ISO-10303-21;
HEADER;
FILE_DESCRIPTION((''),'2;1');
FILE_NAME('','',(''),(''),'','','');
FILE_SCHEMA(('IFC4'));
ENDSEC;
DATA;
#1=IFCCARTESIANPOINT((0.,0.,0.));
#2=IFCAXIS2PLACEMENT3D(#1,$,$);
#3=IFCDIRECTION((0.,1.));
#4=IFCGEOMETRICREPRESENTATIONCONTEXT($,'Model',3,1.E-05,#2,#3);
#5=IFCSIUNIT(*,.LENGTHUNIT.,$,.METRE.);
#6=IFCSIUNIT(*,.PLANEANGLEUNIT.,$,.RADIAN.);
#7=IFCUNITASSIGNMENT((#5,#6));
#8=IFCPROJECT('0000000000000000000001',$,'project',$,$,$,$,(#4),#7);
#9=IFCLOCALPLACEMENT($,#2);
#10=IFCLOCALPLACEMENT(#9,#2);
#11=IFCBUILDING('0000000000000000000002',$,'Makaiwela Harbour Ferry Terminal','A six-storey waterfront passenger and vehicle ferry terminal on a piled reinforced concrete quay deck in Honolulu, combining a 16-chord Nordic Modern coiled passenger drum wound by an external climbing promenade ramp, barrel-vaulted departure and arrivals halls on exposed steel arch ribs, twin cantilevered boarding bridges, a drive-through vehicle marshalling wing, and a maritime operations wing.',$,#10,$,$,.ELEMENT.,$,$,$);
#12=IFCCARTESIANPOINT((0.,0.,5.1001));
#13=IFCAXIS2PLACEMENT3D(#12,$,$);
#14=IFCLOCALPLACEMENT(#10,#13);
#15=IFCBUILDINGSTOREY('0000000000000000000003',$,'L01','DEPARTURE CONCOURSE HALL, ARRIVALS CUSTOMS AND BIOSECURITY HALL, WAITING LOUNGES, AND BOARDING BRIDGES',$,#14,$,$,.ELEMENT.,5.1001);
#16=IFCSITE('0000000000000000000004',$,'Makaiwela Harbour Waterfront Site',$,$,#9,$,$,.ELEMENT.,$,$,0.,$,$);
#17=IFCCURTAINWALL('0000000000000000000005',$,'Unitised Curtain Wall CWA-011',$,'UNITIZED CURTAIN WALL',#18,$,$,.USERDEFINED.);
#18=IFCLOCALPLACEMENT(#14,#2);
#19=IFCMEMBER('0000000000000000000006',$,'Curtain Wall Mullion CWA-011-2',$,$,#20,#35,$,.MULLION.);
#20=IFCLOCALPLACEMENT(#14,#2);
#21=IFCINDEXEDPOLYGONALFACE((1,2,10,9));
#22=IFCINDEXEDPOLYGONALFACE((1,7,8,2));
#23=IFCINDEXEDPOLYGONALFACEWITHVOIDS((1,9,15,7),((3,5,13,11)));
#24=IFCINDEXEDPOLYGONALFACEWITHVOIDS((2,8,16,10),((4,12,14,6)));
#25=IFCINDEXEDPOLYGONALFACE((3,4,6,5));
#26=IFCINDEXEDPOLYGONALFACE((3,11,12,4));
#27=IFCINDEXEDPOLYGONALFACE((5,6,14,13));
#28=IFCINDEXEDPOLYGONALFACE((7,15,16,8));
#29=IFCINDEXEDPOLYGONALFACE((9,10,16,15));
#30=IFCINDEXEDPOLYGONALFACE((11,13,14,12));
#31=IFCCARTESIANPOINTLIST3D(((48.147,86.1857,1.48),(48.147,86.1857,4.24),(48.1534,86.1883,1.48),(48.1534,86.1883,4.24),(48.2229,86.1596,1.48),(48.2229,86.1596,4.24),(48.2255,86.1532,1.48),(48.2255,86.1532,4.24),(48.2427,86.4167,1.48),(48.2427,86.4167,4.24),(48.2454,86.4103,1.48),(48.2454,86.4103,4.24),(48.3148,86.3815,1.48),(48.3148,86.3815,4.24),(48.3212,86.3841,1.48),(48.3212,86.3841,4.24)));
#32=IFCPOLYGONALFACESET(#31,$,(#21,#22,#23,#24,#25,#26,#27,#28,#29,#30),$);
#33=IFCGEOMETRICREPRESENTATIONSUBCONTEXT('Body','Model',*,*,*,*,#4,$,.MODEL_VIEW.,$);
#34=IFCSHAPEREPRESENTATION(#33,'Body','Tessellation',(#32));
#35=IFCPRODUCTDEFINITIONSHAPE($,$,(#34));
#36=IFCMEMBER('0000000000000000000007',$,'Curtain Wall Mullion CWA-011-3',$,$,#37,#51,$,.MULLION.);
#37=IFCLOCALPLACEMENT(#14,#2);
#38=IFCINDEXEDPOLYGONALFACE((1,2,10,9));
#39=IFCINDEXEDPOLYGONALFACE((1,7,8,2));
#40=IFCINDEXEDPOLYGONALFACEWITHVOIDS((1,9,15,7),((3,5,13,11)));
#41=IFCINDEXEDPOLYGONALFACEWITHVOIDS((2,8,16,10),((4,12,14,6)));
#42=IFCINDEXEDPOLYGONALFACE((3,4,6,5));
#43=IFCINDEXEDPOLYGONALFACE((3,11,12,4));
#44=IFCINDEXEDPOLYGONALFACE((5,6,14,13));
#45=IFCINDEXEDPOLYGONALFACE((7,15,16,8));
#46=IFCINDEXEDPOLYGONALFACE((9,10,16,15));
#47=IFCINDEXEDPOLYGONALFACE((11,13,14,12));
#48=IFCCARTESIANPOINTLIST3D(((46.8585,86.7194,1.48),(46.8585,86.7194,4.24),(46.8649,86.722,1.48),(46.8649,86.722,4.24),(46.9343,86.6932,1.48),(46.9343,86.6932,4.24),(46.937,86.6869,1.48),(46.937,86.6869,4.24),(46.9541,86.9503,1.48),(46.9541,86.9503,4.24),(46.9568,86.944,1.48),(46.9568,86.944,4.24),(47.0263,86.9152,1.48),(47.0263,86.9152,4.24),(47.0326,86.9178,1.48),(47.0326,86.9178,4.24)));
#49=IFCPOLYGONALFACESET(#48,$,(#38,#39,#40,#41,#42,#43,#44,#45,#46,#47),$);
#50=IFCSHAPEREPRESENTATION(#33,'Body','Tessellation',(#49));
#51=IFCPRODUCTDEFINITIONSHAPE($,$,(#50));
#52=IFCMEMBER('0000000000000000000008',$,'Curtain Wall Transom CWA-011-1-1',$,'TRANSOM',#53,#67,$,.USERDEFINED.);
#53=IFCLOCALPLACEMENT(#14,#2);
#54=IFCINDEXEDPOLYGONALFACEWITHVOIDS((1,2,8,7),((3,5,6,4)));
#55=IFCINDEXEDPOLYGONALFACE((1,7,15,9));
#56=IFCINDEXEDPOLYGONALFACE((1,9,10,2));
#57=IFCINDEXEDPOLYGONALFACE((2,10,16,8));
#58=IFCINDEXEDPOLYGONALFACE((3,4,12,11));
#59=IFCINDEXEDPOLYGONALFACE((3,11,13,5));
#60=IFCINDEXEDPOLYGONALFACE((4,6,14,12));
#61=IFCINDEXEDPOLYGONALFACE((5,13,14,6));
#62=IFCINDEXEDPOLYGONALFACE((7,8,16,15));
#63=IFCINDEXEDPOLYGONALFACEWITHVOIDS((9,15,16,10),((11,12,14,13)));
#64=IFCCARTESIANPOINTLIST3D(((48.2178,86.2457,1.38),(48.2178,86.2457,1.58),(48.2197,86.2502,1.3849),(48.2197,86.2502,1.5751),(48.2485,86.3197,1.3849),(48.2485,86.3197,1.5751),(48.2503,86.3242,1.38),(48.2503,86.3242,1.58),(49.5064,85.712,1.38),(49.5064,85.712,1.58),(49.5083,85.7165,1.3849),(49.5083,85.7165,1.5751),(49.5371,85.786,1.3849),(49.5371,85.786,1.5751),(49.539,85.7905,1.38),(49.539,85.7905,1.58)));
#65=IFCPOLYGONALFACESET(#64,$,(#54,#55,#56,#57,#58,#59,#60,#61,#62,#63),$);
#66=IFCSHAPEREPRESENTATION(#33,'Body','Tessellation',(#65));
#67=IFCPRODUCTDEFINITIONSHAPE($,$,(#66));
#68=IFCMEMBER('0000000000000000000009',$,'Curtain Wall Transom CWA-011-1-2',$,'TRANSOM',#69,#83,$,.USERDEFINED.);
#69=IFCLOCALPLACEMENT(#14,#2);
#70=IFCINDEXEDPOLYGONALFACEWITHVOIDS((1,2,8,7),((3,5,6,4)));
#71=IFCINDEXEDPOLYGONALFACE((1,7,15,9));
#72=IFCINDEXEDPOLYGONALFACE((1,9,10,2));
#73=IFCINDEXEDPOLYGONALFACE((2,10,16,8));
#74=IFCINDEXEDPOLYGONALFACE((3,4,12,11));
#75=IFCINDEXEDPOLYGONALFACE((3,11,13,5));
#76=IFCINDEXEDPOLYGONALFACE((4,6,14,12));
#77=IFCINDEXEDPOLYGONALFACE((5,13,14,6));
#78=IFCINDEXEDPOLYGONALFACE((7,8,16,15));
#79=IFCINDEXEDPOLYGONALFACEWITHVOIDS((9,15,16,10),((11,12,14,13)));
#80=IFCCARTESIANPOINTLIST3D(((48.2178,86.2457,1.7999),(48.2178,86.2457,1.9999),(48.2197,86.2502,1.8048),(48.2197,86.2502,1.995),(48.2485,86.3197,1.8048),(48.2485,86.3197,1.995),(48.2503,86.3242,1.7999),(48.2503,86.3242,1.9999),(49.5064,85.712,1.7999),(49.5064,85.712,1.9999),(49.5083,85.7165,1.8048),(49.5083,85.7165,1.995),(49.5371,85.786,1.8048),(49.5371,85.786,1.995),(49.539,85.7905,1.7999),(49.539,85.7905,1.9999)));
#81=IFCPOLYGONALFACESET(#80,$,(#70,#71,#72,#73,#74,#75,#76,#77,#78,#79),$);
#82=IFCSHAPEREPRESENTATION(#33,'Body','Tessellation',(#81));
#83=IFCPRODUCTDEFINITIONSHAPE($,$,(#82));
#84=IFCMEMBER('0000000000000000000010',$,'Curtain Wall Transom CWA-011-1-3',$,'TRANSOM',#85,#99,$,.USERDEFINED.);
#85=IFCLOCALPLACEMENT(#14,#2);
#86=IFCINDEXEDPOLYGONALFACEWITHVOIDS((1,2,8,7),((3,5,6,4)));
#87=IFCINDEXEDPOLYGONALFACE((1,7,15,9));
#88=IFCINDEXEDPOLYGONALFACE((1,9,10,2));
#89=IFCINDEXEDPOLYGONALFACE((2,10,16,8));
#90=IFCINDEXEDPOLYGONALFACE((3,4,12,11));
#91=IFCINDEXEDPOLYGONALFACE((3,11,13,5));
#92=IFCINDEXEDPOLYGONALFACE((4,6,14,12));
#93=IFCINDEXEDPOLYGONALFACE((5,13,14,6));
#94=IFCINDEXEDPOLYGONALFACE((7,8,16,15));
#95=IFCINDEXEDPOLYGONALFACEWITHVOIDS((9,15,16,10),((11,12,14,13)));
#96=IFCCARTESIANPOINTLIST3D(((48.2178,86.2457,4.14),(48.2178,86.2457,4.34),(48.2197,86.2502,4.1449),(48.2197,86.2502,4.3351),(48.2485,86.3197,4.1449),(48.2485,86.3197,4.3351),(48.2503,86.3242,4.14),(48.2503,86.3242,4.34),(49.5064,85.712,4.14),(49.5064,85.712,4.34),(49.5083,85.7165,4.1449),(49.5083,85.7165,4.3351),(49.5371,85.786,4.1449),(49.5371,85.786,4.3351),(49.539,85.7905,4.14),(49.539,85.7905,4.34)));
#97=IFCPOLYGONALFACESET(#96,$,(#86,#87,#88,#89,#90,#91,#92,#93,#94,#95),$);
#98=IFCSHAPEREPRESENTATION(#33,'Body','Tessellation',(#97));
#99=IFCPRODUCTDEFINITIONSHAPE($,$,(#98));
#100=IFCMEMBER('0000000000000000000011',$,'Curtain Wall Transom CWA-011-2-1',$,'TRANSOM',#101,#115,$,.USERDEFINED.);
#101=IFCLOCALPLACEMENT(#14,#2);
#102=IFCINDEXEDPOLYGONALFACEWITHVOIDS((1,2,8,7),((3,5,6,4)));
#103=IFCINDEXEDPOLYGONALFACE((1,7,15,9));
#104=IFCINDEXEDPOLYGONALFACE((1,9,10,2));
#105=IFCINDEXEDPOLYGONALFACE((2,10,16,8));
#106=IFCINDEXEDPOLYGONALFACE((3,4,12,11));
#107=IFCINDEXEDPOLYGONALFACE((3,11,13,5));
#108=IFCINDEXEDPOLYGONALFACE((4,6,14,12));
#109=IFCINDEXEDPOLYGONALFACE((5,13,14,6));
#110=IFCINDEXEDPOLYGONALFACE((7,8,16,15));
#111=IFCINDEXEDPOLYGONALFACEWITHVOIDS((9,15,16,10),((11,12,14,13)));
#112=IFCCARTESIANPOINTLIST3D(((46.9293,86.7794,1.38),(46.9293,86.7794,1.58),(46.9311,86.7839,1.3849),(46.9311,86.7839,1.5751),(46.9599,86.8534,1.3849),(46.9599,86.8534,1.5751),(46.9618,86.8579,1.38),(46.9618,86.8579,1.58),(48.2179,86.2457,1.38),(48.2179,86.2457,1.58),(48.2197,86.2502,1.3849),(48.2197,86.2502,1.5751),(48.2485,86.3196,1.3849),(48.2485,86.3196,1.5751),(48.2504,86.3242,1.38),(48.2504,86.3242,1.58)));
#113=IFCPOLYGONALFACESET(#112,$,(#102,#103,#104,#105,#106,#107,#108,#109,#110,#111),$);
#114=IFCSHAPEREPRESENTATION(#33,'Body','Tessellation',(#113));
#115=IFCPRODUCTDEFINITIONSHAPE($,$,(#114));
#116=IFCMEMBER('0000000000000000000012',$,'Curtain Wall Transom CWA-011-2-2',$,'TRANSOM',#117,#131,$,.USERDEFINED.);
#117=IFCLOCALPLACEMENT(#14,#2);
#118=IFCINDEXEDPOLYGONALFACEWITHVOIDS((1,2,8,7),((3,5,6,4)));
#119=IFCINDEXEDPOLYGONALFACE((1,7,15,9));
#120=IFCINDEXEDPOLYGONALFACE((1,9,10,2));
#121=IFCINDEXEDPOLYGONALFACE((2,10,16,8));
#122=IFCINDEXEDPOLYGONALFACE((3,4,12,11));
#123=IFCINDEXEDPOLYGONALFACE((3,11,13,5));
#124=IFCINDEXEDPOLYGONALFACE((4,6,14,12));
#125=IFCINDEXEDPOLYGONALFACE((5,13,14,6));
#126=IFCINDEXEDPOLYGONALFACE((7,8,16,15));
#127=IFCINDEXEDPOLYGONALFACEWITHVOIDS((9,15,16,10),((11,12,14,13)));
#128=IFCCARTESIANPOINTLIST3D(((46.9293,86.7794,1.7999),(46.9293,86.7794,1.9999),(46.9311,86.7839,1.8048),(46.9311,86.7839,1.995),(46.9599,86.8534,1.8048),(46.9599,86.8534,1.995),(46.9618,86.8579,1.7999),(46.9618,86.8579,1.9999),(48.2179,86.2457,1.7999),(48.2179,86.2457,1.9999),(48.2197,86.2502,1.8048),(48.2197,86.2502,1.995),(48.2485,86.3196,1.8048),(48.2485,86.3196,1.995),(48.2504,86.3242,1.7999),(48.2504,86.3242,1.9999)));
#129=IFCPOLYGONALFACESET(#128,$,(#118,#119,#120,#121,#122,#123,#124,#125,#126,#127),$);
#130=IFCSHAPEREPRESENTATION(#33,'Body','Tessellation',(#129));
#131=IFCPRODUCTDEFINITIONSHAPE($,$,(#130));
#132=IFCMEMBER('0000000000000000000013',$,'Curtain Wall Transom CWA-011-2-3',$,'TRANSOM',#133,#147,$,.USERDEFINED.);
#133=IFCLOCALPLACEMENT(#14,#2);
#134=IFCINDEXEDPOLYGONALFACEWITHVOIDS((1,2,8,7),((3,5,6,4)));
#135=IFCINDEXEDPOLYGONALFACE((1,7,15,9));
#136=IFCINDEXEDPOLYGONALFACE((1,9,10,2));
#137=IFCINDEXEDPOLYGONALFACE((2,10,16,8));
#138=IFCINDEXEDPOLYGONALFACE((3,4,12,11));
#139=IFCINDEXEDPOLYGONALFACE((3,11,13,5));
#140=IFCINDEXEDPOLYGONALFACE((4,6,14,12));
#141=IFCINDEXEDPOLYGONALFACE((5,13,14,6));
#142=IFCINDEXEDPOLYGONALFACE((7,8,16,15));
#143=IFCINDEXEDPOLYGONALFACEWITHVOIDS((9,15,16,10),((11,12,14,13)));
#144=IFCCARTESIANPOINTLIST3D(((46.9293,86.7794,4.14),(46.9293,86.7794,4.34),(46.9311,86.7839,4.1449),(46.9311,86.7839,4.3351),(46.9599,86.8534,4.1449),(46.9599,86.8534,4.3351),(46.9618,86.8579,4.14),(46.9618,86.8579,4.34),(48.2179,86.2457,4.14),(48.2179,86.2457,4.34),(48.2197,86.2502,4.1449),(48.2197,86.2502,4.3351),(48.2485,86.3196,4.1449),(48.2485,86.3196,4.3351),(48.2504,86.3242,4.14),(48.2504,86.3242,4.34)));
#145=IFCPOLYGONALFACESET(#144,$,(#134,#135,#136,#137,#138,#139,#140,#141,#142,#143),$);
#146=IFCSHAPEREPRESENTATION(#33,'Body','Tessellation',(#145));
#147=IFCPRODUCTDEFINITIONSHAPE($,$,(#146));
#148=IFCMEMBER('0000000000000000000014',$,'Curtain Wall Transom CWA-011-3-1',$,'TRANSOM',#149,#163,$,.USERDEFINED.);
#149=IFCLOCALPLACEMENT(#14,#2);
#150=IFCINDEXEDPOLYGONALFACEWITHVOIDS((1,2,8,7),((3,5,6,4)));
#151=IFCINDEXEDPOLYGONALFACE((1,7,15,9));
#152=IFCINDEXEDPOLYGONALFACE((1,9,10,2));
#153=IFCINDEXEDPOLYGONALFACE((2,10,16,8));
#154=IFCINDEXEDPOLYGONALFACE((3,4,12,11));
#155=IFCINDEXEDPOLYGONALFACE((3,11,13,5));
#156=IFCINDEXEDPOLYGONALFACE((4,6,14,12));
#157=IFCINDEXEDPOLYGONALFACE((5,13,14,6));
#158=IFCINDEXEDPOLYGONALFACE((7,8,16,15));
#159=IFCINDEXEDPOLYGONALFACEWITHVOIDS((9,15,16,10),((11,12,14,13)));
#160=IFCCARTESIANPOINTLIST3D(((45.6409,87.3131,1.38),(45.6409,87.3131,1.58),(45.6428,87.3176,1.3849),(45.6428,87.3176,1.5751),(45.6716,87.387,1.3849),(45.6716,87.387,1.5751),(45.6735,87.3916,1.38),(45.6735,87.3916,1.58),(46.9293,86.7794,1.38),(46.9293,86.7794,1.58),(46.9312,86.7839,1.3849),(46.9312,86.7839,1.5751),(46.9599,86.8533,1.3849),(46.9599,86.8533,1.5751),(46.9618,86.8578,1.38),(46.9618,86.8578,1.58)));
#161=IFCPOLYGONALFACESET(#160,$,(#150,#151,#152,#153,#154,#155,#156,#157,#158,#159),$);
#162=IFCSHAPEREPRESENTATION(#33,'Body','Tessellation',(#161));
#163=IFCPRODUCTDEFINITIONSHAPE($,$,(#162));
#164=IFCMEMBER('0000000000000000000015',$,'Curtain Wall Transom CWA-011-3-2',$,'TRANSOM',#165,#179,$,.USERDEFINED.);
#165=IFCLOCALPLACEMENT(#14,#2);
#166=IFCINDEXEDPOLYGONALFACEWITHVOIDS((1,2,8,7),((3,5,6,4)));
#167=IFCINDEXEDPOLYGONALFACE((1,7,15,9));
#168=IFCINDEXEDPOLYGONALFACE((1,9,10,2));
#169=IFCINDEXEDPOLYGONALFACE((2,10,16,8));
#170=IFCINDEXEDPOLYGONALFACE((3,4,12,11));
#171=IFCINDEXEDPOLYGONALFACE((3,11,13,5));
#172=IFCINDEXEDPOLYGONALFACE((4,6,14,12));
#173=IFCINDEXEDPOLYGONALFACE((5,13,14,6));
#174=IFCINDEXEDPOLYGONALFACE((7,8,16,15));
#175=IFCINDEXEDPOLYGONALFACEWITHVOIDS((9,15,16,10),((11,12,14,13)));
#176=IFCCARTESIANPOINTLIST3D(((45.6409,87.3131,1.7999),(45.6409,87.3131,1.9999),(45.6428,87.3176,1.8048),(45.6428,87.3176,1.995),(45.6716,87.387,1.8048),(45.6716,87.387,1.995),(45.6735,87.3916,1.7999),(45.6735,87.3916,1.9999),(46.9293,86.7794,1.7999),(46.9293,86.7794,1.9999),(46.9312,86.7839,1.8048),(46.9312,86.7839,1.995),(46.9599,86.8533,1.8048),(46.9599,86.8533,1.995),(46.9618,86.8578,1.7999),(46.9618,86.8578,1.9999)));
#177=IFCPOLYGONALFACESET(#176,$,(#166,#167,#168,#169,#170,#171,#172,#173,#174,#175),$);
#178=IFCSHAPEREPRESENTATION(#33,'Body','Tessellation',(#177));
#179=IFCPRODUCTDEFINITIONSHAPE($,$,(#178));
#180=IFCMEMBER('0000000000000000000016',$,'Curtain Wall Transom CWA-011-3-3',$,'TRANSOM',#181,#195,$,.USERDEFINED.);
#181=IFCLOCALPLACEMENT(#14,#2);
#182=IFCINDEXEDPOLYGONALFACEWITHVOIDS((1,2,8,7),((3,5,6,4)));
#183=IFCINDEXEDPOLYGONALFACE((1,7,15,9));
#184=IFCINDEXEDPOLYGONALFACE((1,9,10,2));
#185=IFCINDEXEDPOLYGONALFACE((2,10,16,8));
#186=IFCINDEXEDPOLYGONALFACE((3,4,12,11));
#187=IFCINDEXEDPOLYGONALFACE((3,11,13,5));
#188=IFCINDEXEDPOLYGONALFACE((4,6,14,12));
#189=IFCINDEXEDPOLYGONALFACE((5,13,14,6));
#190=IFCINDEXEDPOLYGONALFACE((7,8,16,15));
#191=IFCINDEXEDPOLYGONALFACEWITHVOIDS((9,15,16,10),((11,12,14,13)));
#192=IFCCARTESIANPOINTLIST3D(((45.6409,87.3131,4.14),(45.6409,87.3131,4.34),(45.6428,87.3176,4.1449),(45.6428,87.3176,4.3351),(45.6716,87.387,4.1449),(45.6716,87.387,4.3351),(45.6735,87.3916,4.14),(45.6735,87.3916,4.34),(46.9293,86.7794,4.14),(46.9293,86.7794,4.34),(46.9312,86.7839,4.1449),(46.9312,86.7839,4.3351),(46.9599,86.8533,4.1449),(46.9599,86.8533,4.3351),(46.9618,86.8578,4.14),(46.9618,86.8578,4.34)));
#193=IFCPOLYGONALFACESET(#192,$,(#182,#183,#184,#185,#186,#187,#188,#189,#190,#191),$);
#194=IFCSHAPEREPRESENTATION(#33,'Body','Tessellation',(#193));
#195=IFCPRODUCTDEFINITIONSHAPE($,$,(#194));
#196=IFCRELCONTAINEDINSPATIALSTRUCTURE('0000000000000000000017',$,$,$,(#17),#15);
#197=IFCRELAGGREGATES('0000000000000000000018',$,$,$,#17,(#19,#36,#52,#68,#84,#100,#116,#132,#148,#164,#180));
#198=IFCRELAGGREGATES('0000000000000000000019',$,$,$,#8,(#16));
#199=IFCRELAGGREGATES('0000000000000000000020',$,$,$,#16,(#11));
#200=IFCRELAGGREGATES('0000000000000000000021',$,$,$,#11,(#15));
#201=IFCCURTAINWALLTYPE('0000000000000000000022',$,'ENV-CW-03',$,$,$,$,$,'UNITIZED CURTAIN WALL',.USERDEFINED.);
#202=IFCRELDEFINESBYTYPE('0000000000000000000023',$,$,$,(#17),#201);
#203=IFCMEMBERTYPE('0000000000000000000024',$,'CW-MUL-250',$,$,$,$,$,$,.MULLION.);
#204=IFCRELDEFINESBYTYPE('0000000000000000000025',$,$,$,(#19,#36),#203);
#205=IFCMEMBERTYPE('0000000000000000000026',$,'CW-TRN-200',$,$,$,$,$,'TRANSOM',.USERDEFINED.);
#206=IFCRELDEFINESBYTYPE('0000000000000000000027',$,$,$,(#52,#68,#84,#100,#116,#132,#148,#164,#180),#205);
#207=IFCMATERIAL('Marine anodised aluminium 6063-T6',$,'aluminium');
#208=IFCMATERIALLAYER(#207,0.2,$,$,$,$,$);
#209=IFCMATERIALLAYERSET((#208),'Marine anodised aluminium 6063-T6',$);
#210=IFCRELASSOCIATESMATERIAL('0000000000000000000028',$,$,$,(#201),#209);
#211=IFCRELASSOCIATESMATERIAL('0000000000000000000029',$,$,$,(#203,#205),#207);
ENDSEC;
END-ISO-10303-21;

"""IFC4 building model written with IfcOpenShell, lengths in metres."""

from ifc_helpers import new_model, si_unit, direction, frame, origin, origin_2d, place, context, subcontext, project, spatial, hollow_rectangle, extrude, material, layer, layer_set, material_profile, profile_set, type_object, element, aggregate, save


model = new_model("IFC4")

# Units and contexts
model_context = context("Model", 3, precision=1e-05, world=origin(), true_north=direction((0.0, 1.0)))
body_context = subcontext(model_context, "Body", "Model", "MODEL_VIEW")
ifc_project = project(units=[si_unit("LENGTHUNIT", "METRE"), si_unit("PLANEANGLEUNIT", "RADIAN")], contexts=[model_context])

# Site, building, storey
site_placement = place(None, origin())
site = spatial("IfcSite", under=ifc_project, at=site_placement, Name="Makaiwela Harbour Waterfront Site", CompositionType="ELEMENT", RefElevation=0.0)
building_placement = place(site_placement, origin())
building = spatial("IfcBuilding", under=site, at=building_placement, Name="Makaiwela Harbour Ferry Terminal", Description="A six-storey waterfront passenger and vehicle ferry terminal on a piled reinforced concrete quay deck in Honolulu, combining a 16-chord Nordic Modern coiled passenger drum wound by an external climbing promenade ramp, barrel-vaulted departure and arrivals halls on exposed steel arch ribs, twin cantilevered boarding bridges, a drive-through vehicle marshalling wing, and a maritime operations wing.", CompositionType="ELEMENT")
storey_placement = place(building_placement, frame((0.0, 0.0, 5.1001)))
storey = spatial("IfcBuildingStorey", under=building, at=storey_placement, Name="L01", Description="DEPARTURE CONCOURSE HALL, ARRIVALS CUSTOMS AND BIOSECURITY HALL, WAITING LOUNGES, AND BOARDING BRIDGES", CompositionType="ELEMENT", Elevation=5.1001)

# Curtain wall, members
ifc_material_1 = material(Name="Marine anodised aluminium 6063-T6", Category="aluminium")
ifc_layer_1 = layer(ifc_material_1, 0.2)
ifc_layer_set_1 = layer_set([ifc_layer_1], Name="Marine anodised aluminium 6063-T6")
curtain_wall_type = type_object("IfcCurtainWallType", Name="ENV-CW-03", ElementType="UNITIZED CURTAIN WALL", PredefinedType="USERDEFINED", material=ifc_layer_set_1)
curtain_wall_placement = place(storey_placement, origin())
curtain_wall = element("IfcCurtainWall", 1, at=curtain_wall_placement, inside=storey, type_object=curtain_wall_type, Name="Unitised Curtain Wall CWA-011", ObjectType="UNITIZED CURTAIN WALL", PredefinedType="USERDEFINED")
ifc_material_profile_1 = material_profile(ifc_material_1, hollow_rectangle(XDim=0.085, YDim=0.25, WallThickness=0.0049, at=origin_2d()), Name="CWM-250X85")
ifc_profile_set_1 = profile_set([ifc_material_profile_1], Name="Marine anodised aluminium 6063-T6")
member_type_1 = type_object("IfcMemberType", Name="CW-MUL-250", PredefinedType="MULLION", material=ifc_profile_set_1)
member_1_placement = place(storey_placement, frame((48.2341, 86.2849, 1.48), z_axis=(0.0, 0.0, 1.0), x_axis=(-0.92388, 0.382683, 0.0)))
member_1 = element("IfcMember", 2, at=member_1_placement, type_object=member_type_1, Name="Curtain Wall Mullion CWA-011-2", PredefinedType="MULLION", context=body_context, shape_type="SweptSolid", body=[
    extrude(hollow_rectangle(XDim=0.085, YDim=0.25, WallThickness=0.0049, at=origin_2d()), origin(), (0.0, 0.0, 1.0), 2.76),
])
member_2_placement = place(storey_placement, frame((46.9456, 86.8186, 1.48), z_axis=(0.0, 0.0, 1.0), x_axis=(-0.92388, 0.382683, 0.0)))
member_2 = element("IfcMember", 3, at=member_2_placement, type_object=member_type_1, Name="Curtain Wall Mullion CWA-011-3", PredefinedType="MULLION", context=body_context, shape_type="SweptSolid", body=[
    extrude(hollow_rectangle(XDim=0.085, YDim=0.25, WallThickness=0.0049, at=origin_2d()), origin(), (0.0, 0.0, 1.0), 2.76),
])
ifc_material_profile_2 = material_profile(ifc_material_1, hollow_rectangle(XDim=0.085, YDim=0.2, WallThickness=0.0049, at=origin_2d()), Name="CWT-200X85")
ifc_profile_set_2 = profile_set([ifc_material_profile_2], Name="Marine anodised aluminium 6063-T6")
member_type_2 = type_object("IfcMemberType", Name="CW-TRN-200", ElementType="TRANSOM", PredefinedType="USERDEFINED", material=ifc_profile_set_2)
member_3_placement = place(storey_placement, frame((49.5227, 85.7512, 1.48), z_axis=(-0.923893, 0.382651, 0.0), x_axis=(-0.382651, -0.923893, 0.0)))
member_3 = element("IfcMember", 4, at=member_3_placement, type_object=member_type_2, Name="Curtain Wall Transom CWA-011-1-1", ObjectType="TRANSOM", PredefinedType="USERDEFINED", context=body_context, shape_type="SweptSolid", body=[
    extrude(hollow_rectangle(XDim=0.085, YDim=0.2, WallThickness=0.0049, at=origin_2d()), origin(), (0.0, 0.0, 1.0), 1.3948),
])
member_4_placement = place(storey_placement, frame((49.5227, 85.7512, 1.8999), z_axis=(-0.923893, 0.382651, 0.0), x_axis=(-0.382651, -0.923893, 0.0)))
member_4 = element("IfcMember", 5, at=member_4_placement, type_object=member_type_2, Name="Curtain Wall Transom CWA-011-1-2", ObjectType="TRANSOM", PredefinedType="USERDEFINED", context=body_context, shape_type="SweptSolid", body=[
    extrude(hollow_rectangle(XDim=0.085, YDim=0.2, WallThickness=0.0049, at=origin_2d()), origin(), (0.0, 0.0, 1.0), 1.3948),
])
member_5_placement = place(storey_placement, frame((49.5227, 85.7512, 4.24), z_axis=(-0.923893, 0.382651, 0.0), x_axis=(-0.382651, -0.923893, 0.0)))
member_5 = element("IfcMember", 6, at=member_5_placement, type_object=member_type_2, Name="Curtain Wall Transom CWA-011-1-3", ObjectType="TRANSOM", PredefinedType="USERDEFINED", context=body_context, shape_type="SweptSolid", body=[
    extrude(hollow_rectangle(XDim=0.085, YDim=0.2, WallThickness=0.0049, at=origin_2d()), origin(), (0.0, 0.0, 1.0), 1.3948),
])
member_6_placement = place(storey_placement, frame((48.2341, 86.2849, 1.48), z_axis=(-0.923893, 0.382651, 0.0), x_axis=(-0.382651, -0.923893, 0.0)))
member_6 = element("IfcMember", 7, at=member_6_placement, type_object=member_type_2, Name="Curtain Wall Transom CWA-011-2-1", ObjectType="TRANSOM", PredefinedType="USERDEFINED", context=body_context, shape_type="SweptSolid", body=[
    extrude(hollow_rectangle(XDim=0.085, YDim=0.2, WallThickness=0.0049, at=origin_2d()), origin(), (0.0, 0.0, 1.0), 1.3948),
])
member_7_placement = place(storey_placement, frame((48.2341, 86.2849, 1.8999), z_axis=(-0.923893, 0.382651, 0.0), x_axis=(-0.382651, -0.923893, 0.0)))
member_7 = element("IfcMember", 8, at=member_7_placement, type_object=member_type_2, Name="Curtain Wall Transom CWA-011-2-2", ObjectType="TRANSOM", PredefinedType="USERDEFINED", context=body_context, shape_type="SweptSolid", body=[
    extrude(hollow_rectangle(XDim=0.085, YDim=0.2, WallThickness=0.0049, at=origin_2d()), origin(), (0.0, 0.0, 1.0), 1.3948),
])
member_8_placement = place(storey_placement, frame((48.2341, 86.2849, 4.24), z_axis=(-0.923893, 0.382651, 0.0), x_axis=(-0.382651, -0.923893, 0.0)))
member_8 = element("IfcMember", 9, at=member_8_placement, type_object=member_type_2, Name="Curtain Wall Transom CWA-011-2-3", ObjectType="TRANSOM", PredefinedType="USERDEFINED", context=body_context, shape_type="SweptSolid", body=[
    extrude(hollow_rectangle(XDim=0.085, YDim=0.2, WallThickness=0.0049, at=origin_2d()), origin(), (0.0, 0.0, 1.0), 1.3948),
])
member_9_placement = place(storey_placement, frame((46.9456, 86.8186, 1.48), z_axis=(-0.923867, 0.382713, 0.0), x_axis=(-0.382713, -0.923867, 0.0)))
member_9 = element("IfcMember", 10, at=member_9_placement, type_object=member_type_2, Name="Curtain Wall Transom CWA-011-3-1", ObjectType="TRANSOM", PredefinedType="USERDEFINED", context=body_context, shape_type="SweptSolid", body=[
    extrude(hollow_rectangle(XDim=0.085, YDim=0.2, WallThickness=0.0049, at=origin_2d()), origin(), (0.0, 0.0, 1.0), 1.3945),
])
member_10_placement = place(storey_placement, frame((46.9456, 86.8186, 1.8999), z_axis=(-0.923867, 0.382713, 0.0), x_axis=(-0.382713, -0.923867, 0.0)))
member_10 = element("IfcMember", 11, at=member_10_placement, type_object=member_type_2, Name="Curtain Wall Transom CWA-011-3-2", ObjectType="TRANSOM", PredefinedType="USERDEFINED", context=body_context, shape_type="SweptSolid", body=[
    extrude(hollow_rectangle(XDim=0.085, YDim=0.2, WallThickness=0.0049, at=origin_2d()), origin(), (0.0, 0.0, 1.0), 1.3945),
])
member_11_placement = place(storey_placement, frame((46.9456, 86.8186, 4.24), z_axis=(-0.923867, 0.382713, 0.0), x_axis=(-0.382713, -0.923867, 0.0)))
member_11 = element("IfcMember", 12, at=member_11_placement, type_object=member_type_2, Name="Curtain Wall Transom CWA-011-3-3", ObjectType="TRANSOM", PredefinedType="USERDEFINED", context=body_context, shape_type="SweptSolid", body=[
    extrude(hollow_rectangle(XDim=0.085, YDim=0.2, WallThickness=0.0049, at=origin_2d()), origin(), (0.0, 0.0, 1.0), 1.3945),
])

aggregate(curtain_wall, [member_1, member_2, member_3, member_4, member_5, member_6, member_7, member_8, member_9, member_10, member_11])

save(model, "model.ifc")
